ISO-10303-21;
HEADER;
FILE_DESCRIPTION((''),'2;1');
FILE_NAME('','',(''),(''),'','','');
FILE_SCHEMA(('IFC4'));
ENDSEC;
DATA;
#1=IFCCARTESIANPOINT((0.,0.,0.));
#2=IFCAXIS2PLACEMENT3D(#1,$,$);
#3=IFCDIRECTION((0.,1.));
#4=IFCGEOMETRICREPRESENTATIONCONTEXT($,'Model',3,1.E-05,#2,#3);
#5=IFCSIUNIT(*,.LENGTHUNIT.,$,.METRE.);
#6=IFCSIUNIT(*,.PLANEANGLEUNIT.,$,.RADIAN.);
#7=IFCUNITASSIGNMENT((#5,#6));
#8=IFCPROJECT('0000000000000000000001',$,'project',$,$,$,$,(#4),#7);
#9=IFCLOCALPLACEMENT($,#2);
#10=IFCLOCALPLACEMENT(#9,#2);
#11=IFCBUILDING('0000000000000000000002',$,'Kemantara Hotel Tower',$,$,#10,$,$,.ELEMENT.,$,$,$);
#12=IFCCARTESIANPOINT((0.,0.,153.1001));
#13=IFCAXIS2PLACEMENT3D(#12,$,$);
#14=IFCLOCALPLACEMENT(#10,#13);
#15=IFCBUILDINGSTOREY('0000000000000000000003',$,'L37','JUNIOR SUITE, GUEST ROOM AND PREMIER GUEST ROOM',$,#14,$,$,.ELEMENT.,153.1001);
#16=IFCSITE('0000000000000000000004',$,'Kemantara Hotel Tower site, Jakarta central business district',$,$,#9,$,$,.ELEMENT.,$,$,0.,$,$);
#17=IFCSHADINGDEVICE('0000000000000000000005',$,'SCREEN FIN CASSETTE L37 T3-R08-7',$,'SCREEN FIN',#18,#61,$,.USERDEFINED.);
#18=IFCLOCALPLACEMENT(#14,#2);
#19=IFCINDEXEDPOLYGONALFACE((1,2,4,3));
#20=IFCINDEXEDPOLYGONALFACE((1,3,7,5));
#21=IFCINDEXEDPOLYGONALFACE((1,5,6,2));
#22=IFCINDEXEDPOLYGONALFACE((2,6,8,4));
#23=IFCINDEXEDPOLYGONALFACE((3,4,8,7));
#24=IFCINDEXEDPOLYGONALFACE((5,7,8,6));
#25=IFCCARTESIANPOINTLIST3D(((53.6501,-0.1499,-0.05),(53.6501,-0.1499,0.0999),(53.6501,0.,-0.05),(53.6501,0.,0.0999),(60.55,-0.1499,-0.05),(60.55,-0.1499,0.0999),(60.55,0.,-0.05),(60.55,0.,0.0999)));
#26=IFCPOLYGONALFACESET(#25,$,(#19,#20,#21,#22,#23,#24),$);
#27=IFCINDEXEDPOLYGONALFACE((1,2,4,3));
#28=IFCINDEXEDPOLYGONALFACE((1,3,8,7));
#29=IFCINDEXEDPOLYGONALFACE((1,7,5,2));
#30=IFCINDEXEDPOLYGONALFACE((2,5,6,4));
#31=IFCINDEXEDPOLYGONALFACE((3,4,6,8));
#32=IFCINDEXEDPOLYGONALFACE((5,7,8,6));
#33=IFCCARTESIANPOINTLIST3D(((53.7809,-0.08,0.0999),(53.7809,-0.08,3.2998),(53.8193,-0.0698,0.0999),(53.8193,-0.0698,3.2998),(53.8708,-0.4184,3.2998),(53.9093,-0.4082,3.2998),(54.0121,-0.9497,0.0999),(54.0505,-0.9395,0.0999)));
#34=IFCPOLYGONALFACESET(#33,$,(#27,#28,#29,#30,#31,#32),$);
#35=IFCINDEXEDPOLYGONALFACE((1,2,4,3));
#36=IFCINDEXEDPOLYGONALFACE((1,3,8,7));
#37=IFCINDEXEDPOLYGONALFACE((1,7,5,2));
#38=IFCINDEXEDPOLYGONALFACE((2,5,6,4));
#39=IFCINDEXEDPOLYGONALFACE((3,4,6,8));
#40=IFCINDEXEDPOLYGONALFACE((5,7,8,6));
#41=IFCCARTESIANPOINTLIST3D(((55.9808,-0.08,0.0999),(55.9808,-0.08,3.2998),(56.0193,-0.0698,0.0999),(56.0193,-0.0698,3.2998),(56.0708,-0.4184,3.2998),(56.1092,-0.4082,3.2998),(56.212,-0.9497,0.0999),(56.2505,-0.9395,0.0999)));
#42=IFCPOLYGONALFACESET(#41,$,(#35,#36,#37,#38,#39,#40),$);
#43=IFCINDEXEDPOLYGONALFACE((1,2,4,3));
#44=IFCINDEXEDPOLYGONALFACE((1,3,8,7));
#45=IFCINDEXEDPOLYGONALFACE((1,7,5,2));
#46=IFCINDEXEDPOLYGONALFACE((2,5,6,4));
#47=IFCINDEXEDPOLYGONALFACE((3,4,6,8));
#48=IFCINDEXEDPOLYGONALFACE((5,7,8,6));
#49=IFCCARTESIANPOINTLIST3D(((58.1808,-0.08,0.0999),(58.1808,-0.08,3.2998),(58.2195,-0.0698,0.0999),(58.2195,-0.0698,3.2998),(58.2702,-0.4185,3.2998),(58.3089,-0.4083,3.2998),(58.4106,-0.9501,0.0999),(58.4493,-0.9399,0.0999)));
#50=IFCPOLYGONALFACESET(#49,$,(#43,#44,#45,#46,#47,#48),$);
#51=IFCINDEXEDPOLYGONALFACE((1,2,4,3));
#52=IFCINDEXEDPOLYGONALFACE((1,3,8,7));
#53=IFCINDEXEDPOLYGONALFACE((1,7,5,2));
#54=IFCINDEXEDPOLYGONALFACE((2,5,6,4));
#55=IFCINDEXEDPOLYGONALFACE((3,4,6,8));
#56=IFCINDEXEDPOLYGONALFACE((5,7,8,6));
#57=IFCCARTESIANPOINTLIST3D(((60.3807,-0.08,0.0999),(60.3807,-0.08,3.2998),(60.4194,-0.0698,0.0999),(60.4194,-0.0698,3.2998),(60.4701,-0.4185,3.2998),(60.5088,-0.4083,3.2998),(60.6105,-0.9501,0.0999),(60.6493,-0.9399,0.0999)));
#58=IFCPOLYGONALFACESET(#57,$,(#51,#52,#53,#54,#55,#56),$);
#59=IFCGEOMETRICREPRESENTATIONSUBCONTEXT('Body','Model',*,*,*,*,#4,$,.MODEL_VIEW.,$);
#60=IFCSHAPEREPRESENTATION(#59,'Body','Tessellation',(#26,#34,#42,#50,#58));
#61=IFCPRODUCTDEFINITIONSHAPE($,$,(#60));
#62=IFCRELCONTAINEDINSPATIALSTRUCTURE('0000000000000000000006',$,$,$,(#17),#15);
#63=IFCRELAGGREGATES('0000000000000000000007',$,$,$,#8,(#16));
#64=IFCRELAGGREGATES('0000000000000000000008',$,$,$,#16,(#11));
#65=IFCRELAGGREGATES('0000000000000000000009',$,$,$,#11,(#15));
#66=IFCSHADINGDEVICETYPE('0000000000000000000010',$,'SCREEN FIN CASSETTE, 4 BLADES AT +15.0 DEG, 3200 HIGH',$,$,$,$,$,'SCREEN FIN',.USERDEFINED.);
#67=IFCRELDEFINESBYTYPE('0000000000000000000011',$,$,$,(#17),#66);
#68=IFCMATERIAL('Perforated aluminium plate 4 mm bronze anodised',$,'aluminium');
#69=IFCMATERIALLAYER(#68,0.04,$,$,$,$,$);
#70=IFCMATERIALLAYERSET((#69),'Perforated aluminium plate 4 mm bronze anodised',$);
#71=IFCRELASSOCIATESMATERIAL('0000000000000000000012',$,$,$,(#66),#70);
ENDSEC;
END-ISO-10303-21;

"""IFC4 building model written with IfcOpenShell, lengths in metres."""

from ifc_helpers import new_model, si_unit, direction, frame, origin, origin_2d, place, context, subcontext, project, spatial, polyline, rectangle, outline, extrude, source, transform, mapped, material, layer, layer_set, type_object, element, save


model = new_model("IFC4")

# Units and contexts
model_context = context("Model", 3, precision=1e-05, world=origin(), true_north=direction((0.0, 1.0)))
body_context = subcontext(model_context, "Body", "Model", "MODEL_VIEW")
ifc_project = project(units=[si_unit("LENGTHUNIT", "METRE"), si_unit("PLANEANGLEUNIT", "RADIAN")], contexts=[model_context])

# Site, building, storey
site_placement = place(None, origin())
site = spatial("IfcSite", under=ifc_project, at=site_placement, Name="Kemantara Hotel Tower site, Jakarta central business district", CompositionType="ELEMENT", RefElevation=0.0)
building_placement = place(site_placement, origin())
building = spatial("IfcBuilding", under=site, at=building_placement, Name="Kemantara Hotel Tower", CompositionType="ELEMENT")
storey_placement = place(building_placement, frame((0.0, 0.0, 153.1001)))
storey = spatial("IfcBuildingStorey", under=building, at=storey_placement, Name="L37", Description="JUNIOR SUITE, GUEST ROOM AND PREMIER GUEST ROOM", CompositionType="ELEMENT", Elevation=153.1001)

# Shading device
ifc_material_1 = material(Name="Perforated aluminium plate 4 mm bronze anodised", Category="aluminium")
ifc_layer_1 = layer(ifc_material_1, 0.04)
ifc_layer_set_1 = layer_set([ifc_layer_1], Name="Perforated aluminium plate 4 mm bronze anodised")
shading_device_type_1 = type_object("IfcShadingDeviceType", Name="SCREEN FIN CASSETTE, 4 BLADES AT +15.0 DEG, 3200 HIGH", ElementType="SCREEN FIN", PredefinedType="USERDEFINED", material=ifc_layer_set_1)
shared_shape_1 = source(origin(), body_context, "Body", "SweptSolid", [
    extrude(rectangle(XDim=6.8999, YDim=0.1499, at=origin_2d()), frame((3.3, -0.075, -0.1499), z_axis=(0.0, 0.0, 1.0), x_axis=(1.0, 0.0, 0.0)), (0.0, 0.0, 1.0), 0.1499),
    extrude(outline(polyline([(0.0, 0.0), (0.8999, 0.0), (0.3501, 3.2), (0.0, 3.2), (0.0, 0.0)])), frame((0.0193, -0.0698, 0.0), z_axis=(-0.966438, -0.256901, 0.0), x_axis=(0.256901, -0.966438, 0.0)), (0.0, 0.0, 1.0), 0.0398),
    extrude(outline(polyline([(0.0, 0.0), (0.8999, 0.0), (0.3501, 3.2), (0.0, 3.2), (0.0, 0.0)])), frame((2.2192, -0.0698, 0.0), z_axis=(-0.966438, -0.256901, 0.0), x_axis=(0.256901, -0.966438, 0.0)), (0.0, 0.0, 1.0), 0.0398),
    extrude(outline(polyline([(0.0, 0.0), (0.8999, 0.0), (0.3501, 3.2), (0.0, 3.2), (0.0, 0.0)])), frame((4.4194, -0.0698, 0.0), z_axis=(-0.966838, -0.255391, 0.0), x_axis=(0.255391, -0.966838, 0.0)), (0.0, 0.0, 1.0), 0.04),
    extrude(outline(polyline([(0.0, 0.0), (0.8999, 0.0), (0.3501, 3.2), (0.0, 3.2), (0.0, 0.0)])), frame((6.6194, -0.0698, 0.0), z_axis=(-0.966838, -0.255391, 0.0), x_axis=(0.255391, -0.966838, 0.0)), (0.0, 0.0, 1.0), 0.04),
])
shading_device_1_placement = place(storey_placement, frame((53.8, 0.0, 0.0999), z_axis=(0.0, 0.0, 1.0), x_axis=(1.0, 0.0, 0.0)))
element("IfcShadingDevice", 1, at=shading_device_1_placement, inside=storey, type_object=shading_device_type_1, Name="SCREEN FIN CASSETTE L37 T3-R08-7", ObjectType="SCREEN FIN", PredefinedType="USERDEFINED", context=body_context, shape_type="MappedRepresentation", body=[
    mapped(shared_shape_1, transform((0.0, 0.0, 0.0))),
])

save(model, "model.ifc")
